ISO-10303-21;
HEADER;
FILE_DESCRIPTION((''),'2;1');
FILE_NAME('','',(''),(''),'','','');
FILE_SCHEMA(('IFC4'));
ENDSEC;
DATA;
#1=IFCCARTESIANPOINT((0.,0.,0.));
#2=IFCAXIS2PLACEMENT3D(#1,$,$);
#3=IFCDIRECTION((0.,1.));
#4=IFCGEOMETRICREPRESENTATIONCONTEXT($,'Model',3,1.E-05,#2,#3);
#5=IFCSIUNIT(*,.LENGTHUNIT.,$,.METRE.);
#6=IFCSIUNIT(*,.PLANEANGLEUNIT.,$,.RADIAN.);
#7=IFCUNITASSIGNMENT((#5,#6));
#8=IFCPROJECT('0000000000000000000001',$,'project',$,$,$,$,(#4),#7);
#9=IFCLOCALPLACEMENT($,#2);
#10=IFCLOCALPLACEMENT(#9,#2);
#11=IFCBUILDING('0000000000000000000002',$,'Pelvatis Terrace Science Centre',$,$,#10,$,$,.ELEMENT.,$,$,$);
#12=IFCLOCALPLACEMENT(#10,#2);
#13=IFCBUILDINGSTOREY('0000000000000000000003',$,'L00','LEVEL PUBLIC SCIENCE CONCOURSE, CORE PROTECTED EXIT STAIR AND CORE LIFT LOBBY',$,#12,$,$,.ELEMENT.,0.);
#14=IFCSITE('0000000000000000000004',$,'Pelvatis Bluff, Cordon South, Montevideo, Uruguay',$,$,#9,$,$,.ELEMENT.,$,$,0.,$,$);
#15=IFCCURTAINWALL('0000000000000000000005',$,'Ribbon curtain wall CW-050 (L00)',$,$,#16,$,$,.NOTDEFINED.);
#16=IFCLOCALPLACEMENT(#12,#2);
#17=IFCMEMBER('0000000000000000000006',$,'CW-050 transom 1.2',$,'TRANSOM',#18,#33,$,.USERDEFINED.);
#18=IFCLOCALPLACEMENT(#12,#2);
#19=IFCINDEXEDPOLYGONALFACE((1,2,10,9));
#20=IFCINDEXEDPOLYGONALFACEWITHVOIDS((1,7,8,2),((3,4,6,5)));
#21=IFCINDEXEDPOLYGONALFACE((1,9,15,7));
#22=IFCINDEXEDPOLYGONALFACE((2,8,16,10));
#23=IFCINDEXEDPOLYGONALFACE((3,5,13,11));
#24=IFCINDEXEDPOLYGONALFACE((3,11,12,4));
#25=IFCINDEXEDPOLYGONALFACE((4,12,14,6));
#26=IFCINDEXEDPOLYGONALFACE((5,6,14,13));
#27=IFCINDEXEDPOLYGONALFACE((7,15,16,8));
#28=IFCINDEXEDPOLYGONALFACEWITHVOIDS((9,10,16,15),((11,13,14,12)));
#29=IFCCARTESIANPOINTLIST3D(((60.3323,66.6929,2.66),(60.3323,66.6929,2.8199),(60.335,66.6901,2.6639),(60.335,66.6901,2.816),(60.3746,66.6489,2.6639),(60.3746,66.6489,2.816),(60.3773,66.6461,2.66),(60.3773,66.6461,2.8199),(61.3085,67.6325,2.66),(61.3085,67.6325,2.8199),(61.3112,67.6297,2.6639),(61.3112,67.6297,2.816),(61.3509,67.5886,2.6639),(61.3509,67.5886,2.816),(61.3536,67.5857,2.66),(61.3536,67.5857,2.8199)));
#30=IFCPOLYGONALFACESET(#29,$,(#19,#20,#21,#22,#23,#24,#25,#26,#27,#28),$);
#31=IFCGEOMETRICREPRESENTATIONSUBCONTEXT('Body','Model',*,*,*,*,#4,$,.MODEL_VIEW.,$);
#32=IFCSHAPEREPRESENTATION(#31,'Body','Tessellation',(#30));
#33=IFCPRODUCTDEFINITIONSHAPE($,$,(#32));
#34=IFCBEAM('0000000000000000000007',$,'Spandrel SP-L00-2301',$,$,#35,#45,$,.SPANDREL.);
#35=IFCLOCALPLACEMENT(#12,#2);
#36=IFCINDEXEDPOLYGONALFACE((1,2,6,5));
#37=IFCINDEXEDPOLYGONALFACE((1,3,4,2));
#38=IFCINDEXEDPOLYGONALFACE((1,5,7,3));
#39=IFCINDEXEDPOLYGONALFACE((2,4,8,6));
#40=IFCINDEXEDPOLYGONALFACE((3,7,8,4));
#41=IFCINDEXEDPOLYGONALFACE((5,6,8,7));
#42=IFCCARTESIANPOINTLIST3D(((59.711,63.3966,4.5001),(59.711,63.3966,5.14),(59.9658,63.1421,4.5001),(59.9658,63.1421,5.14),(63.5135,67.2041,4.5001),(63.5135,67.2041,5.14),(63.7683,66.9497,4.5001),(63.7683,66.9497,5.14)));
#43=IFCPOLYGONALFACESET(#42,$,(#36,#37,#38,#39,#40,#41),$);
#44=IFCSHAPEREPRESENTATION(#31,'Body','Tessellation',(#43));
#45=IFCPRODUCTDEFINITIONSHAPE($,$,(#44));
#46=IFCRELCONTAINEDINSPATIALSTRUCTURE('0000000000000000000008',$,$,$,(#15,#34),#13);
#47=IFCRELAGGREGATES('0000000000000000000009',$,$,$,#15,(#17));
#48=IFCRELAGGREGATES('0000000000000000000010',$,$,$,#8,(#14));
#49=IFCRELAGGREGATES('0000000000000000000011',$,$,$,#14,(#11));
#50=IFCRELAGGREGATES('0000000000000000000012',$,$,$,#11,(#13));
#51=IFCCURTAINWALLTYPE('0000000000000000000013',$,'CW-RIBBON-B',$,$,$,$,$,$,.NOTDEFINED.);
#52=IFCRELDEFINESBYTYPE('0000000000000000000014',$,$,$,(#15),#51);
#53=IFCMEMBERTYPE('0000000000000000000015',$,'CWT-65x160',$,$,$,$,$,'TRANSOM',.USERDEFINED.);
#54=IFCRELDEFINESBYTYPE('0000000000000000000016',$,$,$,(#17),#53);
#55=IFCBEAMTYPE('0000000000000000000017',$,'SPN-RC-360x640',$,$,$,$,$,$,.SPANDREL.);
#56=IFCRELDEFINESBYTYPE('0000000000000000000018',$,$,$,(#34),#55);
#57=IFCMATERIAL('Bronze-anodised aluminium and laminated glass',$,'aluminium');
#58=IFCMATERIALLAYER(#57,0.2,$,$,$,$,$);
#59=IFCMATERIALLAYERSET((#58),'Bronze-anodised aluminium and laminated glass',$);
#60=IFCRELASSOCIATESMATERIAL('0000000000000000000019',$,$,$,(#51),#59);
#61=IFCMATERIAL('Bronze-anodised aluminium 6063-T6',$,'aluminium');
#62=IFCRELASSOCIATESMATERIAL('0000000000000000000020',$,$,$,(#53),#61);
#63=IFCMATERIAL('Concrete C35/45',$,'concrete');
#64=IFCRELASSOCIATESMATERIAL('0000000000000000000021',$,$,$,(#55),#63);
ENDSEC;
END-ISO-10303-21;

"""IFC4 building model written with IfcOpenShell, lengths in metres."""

from ifc_helpers import new_model, si_unit, direction, frame, origin, origin_2d, place, context, subcontext, project, spatial, rectangle, hollow_rectangle, extrude, material, layer, layer_set, material_profile, profile_set, type_object, element, aggregate, save


model = new_model("IFC4")

# Units and contexts
model_context = context("Model", 3, precision=1e-05, world=origin(), true_north=direction((0.0, 1.0)))
body_context = subcontext(model_context, "Body", "Model", "MODEL_VIEW")
ifc_project = project(units=[si_unit("LENGTHUNIT", "METRE"), si_unit("PLANEANGLEUNIT", "RADIAN")], contexts=[model_context])

# Site, building, storey
site_placement = place(None, origin())
site = spatial("IfcSite", under=ifc_project, at=site_placement, Name="Pelvatis Bluff, Cordon South, Montevideo, Uruguay", CompositionType="ELEMENT", RefElevation=0.0)
building_placement = place(site_placement, origin())
building = spatial("IfcBuilding", under=site, at=building_placement, Name="Pelvatis Terrace Science Centre", CompositionType="ELEMENT")
storey_placement = place(building_placement, origin())
storey = spatial("IfcBuildingStorey", under=building, at=storey_placement, Name="L00", Description="LEVEL PUBLIC SCIENCE CONCOURSE, CORE PROTECTED EXIT STAIR AND CORE LIFT LOBBY", CompositionType="ELEMENT", Elevation=0.0)

# Curtain wall, member
ifc_material_1 = material(Name="Bronze-anodised aluminium and laminated glass", Category="aluminium")
ifc_layer_1 = layer(ifc_material_1, 0.2)
ifc_layer_set_1 = layer_set([ifc_layer_1], Name="Bronze-anodised aluminium and laminated glass")
curtain_wall_type = type_object("IfcCurtainWallType", Name="CW-RIBBON-B", PredefinedType="NOTDEFINED", material=ifc_layer_set_1)
curtain_wall_placement = place(storey_placement, origin())
curtain_wall = element("IfcCurtainWall", 1, at=curtain_wall_placement, inside=storey, type_object=curtain_wall_type, Name="Ribbon curtain wall CW-050 (L00)", PredefinedType="NOTDEFINED")
ifc_material_2 = material(Name="Bronze-anodised aluminium 6063-T6", Category="aluminium")
ifc_material_profile_1 = material_profile(ifc_material_2, hollow_rectangle(XDim=0.0649, YDim=0.1599, WallThickness=0.0039, at=origin_2d()), Name="ALU-TRN 65x160")
ifc_profile_set_1 = profile_set([ifc_material_profile_1], Name="Bronze-anodised aluminium 6063-T6")
member_type = type_object("IfcMemberType", Name="CWT-65x160", ElementType="TRANSOM", PredefinedType="USERDEFINED", material=ifc_profile_set_1)
member_1_placement = place(storey_placement, frame((61.3311, 67.6091, 2.74), z_axis=(-0.72049, -0.693465, 0.0), x_axis=(0.693465, -0.72049, 0.0)))
member_1 = element("IfcMember", 2, at=member_1_placement, type_object=member_type, Name="CW-050 transom 1.2", ObjectType="TRANSOM", PredefinedType="USERDEFINED", context=body_context, shape_type="SweptSolid", body=[
    extrude(hollow_rectangle(XDim=0.0649, YDim=0.1599, WallThickness=0.0039, at=origin_2d()), origin(), (0.0, 0.0, 1.0), 1.355),
])
aggregate(curtain_wall, [member_1])

# Beam
ifc_material_3 = material(Name="Concrete C35/45", Category="concrete")
ifc_material_profile_2 = material_profile(ifc_material_3, rectangle(XDim=0.3601, YDim=0.6399, at=origin_2d()), Name="RC-SPN 360x640")
ifc_profile_set_2 = profile_set([ifc_material_profile_2], Name="Concrete C35/45")
beam_type_1 = type_object("IfcBeamType", Name="SPN-RC-360x640", PredefinedType="SPANDREL", material=ifc_profile_set_2)
beam_1_placement = place(storey_placement, frame((63.6409, 67.0769, 4.8201), z_axis=(-0.70663, -0.707583, 0.0), x_axis=(0.707583, -0.70663, 0.0)))
element("IfcBeam", 3, at=beam_1_placement, inside=storey, type_object=beam_type_1, Name="Spandrel SP-L00-2301", PredefinedType="SPANDREL", context=body_context, shape_type="SweptSolid", body=[
    extrude(rectangle(XDim=0.3601, YDim=0.6399, at=origin_2d()), origin(), (0.0, 0.0, 1.0), 5.3811),
])

save(model, "model.ifc")
